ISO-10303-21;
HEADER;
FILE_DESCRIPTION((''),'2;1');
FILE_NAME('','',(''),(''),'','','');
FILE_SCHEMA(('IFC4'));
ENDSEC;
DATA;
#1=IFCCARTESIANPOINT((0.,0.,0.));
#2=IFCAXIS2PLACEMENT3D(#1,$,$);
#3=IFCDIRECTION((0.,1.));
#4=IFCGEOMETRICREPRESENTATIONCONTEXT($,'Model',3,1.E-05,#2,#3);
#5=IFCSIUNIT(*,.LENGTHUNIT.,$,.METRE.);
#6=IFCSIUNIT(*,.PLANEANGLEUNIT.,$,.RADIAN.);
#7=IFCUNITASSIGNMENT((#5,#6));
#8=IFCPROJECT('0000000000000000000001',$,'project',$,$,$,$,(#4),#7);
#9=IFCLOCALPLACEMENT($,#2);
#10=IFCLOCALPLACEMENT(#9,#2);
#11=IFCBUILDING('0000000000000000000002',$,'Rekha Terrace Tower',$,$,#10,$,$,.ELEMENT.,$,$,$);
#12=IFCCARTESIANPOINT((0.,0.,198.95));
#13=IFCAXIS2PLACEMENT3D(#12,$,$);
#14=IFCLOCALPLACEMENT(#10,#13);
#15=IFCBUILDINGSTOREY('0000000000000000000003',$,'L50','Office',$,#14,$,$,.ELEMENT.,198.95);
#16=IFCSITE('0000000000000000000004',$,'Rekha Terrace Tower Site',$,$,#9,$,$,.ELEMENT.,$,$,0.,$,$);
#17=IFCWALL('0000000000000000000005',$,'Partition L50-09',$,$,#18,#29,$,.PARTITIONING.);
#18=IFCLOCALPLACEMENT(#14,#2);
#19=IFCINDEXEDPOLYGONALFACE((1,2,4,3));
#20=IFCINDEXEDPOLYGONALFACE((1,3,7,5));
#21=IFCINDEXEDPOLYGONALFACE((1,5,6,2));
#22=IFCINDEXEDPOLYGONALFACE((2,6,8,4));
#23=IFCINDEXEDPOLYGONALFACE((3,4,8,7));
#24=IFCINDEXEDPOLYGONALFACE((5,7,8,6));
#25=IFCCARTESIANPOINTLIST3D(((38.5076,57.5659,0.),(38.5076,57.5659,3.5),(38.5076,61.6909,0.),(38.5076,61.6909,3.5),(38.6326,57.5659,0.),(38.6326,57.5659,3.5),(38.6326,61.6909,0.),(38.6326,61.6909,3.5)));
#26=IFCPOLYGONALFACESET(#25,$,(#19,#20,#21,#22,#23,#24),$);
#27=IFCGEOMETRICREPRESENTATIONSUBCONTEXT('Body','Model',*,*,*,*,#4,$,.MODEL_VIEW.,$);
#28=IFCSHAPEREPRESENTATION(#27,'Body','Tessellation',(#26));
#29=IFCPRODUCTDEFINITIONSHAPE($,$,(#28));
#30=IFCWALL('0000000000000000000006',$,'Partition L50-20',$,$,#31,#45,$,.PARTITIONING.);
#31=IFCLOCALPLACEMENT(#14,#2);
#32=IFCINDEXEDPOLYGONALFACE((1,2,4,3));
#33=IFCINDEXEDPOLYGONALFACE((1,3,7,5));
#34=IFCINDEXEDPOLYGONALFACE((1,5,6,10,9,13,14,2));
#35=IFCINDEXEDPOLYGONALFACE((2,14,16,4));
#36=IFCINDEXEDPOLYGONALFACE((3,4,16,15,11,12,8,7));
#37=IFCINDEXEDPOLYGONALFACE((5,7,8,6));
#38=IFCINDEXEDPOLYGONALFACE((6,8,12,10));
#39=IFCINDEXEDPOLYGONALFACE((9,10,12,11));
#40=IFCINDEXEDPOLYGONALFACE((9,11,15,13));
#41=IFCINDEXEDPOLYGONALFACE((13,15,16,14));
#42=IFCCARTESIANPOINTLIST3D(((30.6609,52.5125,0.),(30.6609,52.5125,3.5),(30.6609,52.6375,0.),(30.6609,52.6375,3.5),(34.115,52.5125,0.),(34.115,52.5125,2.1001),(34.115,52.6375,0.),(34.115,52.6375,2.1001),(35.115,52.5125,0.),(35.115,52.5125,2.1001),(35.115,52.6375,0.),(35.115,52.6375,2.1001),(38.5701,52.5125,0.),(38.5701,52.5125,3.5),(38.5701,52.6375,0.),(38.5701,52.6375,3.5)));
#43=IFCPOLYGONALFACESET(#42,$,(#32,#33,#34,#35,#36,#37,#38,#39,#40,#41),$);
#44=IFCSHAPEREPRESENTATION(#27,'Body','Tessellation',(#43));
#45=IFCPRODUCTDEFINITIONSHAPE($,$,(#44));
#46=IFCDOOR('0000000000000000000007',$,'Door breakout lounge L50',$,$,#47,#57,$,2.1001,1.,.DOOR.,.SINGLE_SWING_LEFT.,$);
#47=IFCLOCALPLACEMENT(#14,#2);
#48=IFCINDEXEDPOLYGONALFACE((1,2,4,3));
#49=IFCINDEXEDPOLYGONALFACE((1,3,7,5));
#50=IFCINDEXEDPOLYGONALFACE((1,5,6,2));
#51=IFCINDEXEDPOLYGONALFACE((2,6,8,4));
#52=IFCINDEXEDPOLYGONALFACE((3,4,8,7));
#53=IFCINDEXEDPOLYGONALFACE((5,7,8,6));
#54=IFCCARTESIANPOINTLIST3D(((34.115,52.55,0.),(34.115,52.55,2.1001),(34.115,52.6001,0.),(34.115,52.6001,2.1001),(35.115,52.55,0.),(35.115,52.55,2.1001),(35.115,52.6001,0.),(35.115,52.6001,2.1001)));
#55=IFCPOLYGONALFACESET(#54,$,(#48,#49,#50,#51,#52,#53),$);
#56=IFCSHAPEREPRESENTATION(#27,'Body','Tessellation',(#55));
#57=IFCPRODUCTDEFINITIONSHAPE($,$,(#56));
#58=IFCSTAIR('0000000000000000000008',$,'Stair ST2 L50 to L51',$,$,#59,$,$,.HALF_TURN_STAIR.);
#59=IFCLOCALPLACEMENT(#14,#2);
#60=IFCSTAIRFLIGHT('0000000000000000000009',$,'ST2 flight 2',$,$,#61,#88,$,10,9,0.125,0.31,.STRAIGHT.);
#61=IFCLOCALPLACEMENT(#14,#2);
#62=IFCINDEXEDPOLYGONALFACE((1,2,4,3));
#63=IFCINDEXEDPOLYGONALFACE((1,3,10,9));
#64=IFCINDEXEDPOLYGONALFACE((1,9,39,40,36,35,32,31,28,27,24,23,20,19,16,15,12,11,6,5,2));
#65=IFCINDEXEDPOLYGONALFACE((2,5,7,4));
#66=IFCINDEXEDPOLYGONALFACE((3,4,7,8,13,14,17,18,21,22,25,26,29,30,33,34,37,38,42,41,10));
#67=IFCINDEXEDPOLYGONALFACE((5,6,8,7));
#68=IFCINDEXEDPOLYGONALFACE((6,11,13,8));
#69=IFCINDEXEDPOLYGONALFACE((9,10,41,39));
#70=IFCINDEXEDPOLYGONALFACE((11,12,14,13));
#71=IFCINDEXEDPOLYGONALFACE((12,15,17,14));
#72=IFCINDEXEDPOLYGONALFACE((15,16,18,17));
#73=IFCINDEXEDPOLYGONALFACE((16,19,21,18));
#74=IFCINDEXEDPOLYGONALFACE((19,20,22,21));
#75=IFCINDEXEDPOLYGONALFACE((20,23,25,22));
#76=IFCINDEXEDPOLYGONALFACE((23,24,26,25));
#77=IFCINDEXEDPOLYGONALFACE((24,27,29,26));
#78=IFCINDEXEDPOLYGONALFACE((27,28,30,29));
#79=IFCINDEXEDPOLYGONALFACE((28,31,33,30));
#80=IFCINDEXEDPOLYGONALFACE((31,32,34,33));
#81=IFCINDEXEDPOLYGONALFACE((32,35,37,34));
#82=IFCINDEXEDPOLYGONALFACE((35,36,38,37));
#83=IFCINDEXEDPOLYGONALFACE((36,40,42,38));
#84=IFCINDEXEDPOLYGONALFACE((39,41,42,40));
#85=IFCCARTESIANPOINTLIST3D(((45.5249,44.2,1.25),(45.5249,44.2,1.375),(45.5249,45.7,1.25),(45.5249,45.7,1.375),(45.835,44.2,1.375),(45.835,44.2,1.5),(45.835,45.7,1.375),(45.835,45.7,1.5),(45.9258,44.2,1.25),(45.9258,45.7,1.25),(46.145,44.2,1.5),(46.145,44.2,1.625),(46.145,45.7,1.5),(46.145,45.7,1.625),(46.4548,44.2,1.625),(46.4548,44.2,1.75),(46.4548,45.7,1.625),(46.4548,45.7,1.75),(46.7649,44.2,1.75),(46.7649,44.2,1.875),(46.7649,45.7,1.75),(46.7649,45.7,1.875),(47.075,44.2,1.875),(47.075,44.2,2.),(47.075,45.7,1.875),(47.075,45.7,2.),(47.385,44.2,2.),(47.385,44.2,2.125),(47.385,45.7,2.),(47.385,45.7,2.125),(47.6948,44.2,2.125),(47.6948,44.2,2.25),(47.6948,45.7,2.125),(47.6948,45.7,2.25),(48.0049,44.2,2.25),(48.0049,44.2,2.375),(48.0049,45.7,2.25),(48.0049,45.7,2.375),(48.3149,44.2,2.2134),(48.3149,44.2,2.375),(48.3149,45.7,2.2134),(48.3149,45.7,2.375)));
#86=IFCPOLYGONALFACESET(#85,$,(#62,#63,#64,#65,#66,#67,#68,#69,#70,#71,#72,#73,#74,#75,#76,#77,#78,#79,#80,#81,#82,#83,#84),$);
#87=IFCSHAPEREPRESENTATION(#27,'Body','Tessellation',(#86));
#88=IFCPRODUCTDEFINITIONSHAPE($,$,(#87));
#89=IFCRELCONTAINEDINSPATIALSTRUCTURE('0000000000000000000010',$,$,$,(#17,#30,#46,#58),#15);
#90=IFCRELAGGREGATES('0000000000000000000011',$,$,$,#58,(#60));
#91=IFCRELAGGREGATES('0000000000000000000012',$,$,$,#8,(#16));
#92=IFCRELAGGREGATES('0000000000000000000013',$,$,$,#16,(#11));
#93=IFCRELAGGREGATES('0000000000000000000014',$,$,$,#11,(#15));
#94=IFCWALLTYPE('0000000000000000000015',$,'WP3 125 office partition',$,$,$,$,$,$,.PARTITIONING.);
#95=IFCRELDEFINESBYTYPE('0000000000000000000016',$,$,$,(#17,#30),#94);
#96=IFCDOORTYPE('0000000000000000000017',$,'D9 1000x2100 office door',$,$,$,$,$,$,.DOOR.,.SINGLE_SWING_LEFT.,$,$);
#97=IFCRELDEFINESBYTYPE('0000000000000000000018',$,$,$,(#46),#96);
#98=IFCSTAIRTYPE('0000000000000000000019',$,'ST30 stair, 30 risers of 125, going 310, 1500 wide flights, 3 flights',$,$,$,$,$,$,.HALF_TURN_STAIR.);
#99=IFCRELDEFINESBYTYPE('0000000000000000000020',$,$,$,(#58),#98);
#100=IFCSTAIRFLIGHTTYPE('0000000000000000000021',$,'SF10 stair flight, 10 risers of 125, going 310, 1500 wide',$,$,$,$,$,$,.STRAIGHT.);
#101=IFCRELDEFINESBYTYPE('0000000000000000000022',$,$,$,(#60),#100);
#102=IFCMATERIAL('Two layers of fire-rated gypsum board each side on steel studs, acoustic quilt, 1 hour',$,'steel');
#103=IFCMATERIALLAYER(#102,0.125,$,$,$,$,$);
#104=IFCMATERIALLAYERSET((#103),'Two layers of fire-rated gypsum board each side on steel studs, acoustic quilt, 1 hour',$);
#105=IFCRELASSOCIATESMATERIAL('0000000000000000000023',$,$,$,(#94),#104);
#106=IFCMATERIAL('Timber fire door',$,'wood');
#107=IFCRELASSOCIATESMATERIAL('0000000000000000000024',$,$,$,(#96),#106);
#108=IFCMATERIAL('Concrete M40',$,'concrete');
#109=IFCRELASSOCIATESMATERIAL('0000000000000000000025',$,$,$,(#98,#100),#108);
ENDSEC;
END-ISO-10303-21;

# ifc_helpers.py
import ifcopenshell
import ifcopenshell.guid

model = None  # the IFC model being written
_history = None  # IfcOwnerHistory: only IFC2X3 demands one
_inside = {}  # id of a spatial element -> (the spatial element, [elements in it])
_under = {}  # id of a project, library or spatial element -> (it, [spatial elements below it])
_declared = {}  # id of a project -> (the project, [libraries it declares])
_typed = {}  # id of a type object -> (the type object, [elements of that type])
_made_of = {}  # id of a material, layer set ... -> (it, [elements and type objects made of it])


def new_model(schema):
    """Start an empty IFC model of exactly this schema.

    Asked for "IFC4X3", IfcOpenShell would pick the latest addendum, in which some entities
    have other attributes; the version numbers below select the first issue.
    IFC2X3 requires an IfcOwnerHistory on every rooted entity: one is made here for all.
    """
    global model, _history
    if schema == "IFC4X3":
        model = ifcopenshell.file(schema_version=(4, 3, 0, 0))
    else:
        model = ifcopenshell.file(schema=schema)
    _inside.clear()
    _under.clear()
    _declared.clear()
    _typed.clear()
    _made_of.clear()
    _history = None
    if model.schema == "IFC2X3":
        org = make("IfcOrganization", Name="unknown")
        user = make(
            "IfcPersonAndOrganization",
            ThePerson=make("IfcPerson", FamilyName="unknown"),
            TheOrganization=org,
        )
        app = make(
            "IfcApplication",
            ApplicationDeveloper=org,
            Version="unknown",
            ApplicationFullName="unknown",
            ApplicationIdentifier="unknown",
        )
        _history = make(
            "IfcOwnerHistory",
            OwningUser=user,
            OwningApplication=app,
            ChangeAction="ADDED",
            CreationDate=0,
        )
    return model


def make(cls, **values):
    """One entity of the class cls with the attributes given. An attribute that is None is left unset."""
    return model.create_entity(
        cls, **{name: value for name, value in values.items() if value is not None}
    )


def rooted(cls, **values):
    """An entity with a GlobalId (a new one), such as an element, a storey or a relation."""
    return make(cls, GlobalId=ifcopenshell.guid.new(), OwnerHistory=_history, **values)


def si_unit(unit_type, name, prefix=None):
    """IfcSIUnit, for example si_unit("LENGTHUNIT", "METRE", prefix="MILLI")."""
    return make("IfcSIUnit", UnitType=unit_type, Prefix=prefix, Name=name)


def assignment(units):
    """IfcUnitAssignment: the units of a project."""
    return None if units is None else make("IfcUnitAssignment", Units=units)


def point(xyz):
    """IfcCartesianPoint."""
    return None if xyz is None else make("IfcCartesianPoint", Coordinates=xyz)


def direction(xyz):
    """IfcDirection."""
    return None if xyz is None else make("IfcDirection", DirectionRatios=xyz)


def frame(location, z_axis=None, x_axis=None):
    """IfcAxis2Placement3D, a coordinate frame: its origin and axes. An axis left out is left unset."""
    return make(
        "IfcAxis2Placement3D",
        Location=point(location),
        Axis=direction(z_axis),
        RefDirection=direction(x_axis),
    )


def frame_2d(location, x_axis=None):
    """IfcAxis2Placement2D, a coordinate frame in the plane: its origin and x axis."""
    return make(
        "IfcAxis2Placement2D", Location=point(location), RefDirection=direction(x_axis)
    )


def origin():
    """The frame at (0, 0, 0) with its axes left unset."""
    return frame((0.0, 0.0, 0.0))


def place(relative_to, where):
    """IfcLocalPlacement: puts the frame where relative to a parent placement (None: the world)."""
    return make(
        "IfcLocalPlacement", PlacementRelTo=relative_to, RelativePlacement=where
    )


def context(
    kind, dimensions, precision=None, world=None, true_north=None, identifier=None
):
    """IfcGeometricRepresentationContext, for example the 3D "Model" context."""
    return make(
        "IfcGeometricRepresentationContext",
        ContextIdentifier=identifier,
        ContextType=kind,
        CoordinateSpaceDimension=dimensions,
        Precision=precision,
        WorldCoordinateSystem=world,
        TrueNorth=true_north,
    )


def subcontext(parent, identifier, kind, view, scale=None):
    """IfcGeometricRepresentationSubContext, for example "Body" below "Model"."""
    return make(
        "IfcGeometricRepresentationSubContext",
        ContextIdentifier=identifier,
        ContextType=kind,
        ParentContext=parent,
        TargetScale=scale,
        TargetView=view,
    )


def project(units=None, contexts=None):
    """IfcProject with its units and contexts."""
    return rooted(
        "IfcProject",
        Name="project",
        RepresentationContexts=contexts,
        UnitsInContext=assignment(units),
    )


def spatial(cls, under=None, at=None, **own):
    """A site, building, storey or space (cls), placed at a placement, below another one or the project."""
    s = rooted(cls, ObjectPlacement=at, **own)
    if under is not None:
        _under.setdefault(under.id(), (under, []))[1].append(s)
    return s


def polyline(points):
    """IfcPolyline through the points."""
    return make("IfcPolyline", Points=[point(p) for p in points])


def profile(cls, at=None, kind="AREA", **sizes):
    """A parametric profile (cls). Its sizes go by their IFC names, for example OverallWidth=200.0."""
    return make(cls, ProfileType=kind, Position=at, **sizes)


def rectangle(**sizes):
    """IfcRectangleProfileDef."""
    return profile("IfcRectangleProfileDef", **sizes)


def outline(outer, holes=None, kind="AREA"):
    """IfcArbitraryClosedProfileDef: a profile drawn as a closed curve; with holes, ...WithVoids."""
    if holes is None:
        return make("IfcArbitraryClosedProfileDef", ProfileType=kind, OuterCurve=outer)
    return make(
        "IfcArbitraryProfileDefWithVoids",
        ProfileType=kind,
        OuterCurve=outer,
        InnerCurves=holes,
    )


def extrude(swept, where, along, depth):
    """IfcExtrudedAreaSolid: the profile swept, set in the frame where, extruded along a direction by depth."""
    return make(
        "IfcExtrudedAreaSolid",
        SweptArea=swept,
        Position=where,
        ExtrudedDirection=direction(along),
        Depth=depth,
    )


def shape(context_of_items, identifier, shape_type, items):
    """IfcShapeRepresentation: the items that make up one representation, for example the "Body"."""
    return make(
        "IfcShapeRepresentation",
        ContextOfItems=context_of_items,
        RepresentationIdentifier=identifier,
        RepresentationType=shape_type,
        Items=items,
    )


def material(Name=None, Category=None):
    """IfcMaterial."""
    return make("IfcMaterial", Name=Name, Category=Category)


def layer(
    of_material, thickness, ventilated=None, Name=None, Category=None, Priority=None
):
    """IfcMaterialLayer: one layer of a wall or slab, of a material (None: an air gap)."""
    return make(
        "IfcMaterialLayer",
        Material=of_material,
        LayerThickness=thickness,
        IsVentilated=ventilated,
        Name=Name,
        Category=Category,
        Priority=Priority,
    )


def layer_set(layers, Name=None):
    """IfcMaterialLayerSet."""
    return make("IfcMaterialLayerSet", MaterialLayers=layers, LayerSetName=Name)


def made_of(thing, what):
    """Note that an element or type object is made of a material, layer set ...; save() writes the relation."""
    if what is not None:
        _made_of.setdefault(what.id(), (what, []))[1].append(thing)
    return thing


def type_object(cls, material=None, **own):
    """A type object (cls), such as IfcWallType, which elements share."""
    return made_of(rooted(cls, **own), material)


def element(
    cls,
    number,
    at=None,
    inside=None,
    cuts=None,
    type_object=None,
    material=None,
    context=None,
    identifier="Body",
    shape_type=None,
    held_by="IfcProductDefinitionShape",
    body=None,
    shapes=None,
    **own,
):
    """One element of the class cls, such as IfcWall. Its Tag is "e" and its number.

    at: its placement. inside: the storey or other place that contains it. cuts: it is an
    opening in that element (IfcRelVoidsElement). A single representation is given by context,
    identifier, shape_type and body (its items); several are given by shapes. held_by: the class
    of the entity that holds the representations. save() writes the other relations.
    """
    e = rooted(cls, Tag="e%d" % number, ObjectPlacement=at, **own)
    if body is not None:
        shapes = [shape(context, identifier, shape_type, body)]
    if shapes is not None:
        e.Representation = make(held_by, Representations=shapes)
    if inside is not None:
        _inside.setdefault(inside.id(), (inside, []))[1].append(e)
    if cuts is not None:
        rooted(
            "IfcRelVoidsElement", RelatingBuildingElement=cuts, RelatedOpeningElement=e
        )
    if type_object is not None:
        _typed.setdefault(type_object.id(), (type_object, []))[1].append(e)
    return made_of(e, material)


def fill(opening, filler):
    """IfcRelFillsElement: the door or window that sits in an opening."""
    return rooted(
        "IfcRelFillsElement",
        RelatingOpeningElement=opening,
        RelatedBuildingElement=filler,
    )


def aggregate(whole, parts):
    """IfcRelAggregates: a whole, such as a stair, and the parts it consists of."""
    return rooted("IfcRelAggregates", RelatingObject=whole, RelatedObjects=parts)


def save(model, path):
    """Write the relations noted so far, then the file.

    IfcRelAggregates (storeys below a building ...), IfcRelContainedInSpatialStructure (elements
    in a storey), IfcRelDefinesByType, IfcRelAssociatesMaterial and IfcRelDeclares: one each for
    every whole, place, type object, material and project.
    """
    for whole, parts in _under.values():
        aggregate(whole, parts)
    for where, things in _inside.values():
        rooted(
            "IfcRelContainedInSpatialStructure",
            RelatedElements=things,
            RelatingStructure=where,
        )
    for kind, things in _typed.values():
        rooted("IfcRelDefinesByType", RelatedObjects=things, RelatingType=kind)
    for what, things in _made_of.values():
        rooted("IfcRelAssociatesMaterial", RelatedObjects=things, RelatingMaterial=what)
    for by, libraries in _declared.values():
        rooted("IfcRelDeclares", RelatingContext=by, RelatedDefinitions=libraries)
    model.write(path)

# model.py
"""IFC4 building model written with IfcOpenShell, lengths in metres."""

from ifc_helpers import new_model, si_unit, direction, frame, frame_2d, origin, place, context, subcontext, project, spatial, polyline, rectangle, outline, extrude, material, layer, layer_set, type_object, element, fill, aggregate, save


model = new_model("IFC4")

# Units and contexts
model_context = context("Model", 3, precision=1e-05, world=origin(), true_north=direction((0.0, 1.0)))
body_context = subcontext(model_context, "Body", "Model", "MODEL_VIEW")
ifc_project = project(units=[si_unit("LENGTHUNIT", "METRE"), si_unit("PLANEANGLEUNIT", "RADIAN")], contexts=[model_context])

# Site, building, storey
site_placement = place(None, origin())
site = spatial("IfcSite", under=ifc_project, at=site_placement, Name="Rekha Terrace Tower Site", CompositionType="ELEMENT", RefElevation=0.0)
building_placement = place(site_placement, origin())
building = spatial("IfcBuilding", under=site, at=building_placement, Name="Rekha Terrace Tower", CompositionType="ELEMENT")
storey_placement = place(building_placement, frame((0.0, 0.0, 198.95)))
storey = spatial("IfcBuildingStorey", under=building, at=storey_placement, Name="L50", Description="Office", CompositionType="ELEMENT", Elevation=198.95)

# Shared definitions
ifc_material_1 = material(Name="Two layers of fire-rated gypsum board each side on steel studs, acoustic quilt, 1 hour", Category="steel")
ifc_layer_1 = layer(ifc_material_1, 0.125)
ifc_layer_set_1 = layer_set([ifc_layer_1], Name="Two layers of fire-rated gypsum board each side on steel studs, acoustic quilt, 1 hour")
wall_type_1 = type_object("IfcWallType", Name="WP3 125 office partition", PredefinedType="PARTITIONING", material=ifc_layer_set_1)

# Shared definitions
ifc_material_2 = material(Name="Timber fire door", Category="wood")
door_type_1 = type_object("IfcDoorType", Name="D9 1000x2100 office door", OperationType="SINGLE_SWING_LEFT", PredefinedType="DOOR", material=ifc_material_2)

# Wall
wall_1_placement = place(storey_placement, frame((38.5701, 57.5659, 0.0), z_axis=(0.0, 0.0, 1.0), x_axis=(0.0, 1.0, 0.0)))
element("IfcWall", 1, at=wall_1_placement, inside=storey, type_object=wall_type_1, Name="Partition L50-09", PredefinedType="PARTITIONING", context=body_context, shape_type="SweptSolid", body=[
    extrude(rectangle(XDim=4.125, YDim=0.125, at=frame_2d((2.0625, 0.0))), origin(), (0.0, 0.0, 1.0), 3.5),
])

# Wall, opening, door
wall_2_placement = place(storey_placement, frame((38.5701, 52.575, 0.0), z_axis=(0.0, 0.0, 1.0), x_axis=(-1.0, 0.0, 0.0)))
wall_2 = element("IfcWall", 2, at=wall_2_placement, inside=storey, type_object=wall_type_1, Name="Partition L50-20", PredefinedType="PARTITIONING", context=body_context, shape_type="SweptSolid", body=[
    extrude(rectangle(XDim=7.9092, YDim=0.125, at=frame_2d((3.9546, 0.0))), origin(), (0.0, 0.0, 1.0), 3.5),
])
opening_1_placement = place(wall_2_placement, frame((3.4551, 0.0, 0.0)))
opening_1 = element("IfcOpeningElement", 3, at=opening_1_placement, cuts=wall_2, PredefinedType="OPENING", context=body_context, shape_type="SweptSolid", body=[
    extrude(rectangle(XDim=1.0, YDim=2.1001, at=frame_2d((0.5, 1.05))), frame((0.0, 0.0725, 0.0), z_axis=(0.0, -1.0, 0.0), x_axis=(1.0, 0.0, 0.0)), (0.0, 0.0, 1.0), 0.145),
])
door_1_placement = place(opening_1_placement, origin())
door_1 = element("IfcDoor", 4, at=door_1_placement, inside=storey, type_object=door_type_1, Name="Door breakout lounge L50", OperationType="SINGLE_SWING_LEFT", OverallHeight=2.1001, OverallWidth=1.0, PredefinedType="DOOR", context=body_context, shape_type="SweptSolid", body=[
    extrude(rectangle(XDim=1.0, YDim=2.1001, at=frame_2d((0.5, 1.05))), frame((0.0, 0.0249, 0.0), z_axis=(0.0, -1.0, 0.0), x_axis=(1.0, 0.0, 0.0)), (0.0, 0.0, 1.0), 0.05),
])
fill(opening_1, door_1)

# Stair, stair flight
ifc_material_3 = material(Name="Concrete M40", Category="concrete")
stair_type = type_object("IfcStairType", Name="ST30 stair, 30 risers of 125, going 310, 1500 wide flights, 3 flights", PredefinedType="HALF_TURN_STAIR", material=ifc_material_3)
stair_placement = place(storey_placement, origin())
stair = element("IfcStair", 5, at=stair_placement, inside=storey, type_object=stair_type, Name="Stair ST2 L50 to L51", PredefinedType="HALF_TURN_STAIR")
stair_flight_type = type_object("IfcStairFlightType", Name="SF10 stair flight, 10 risers of 125, going 310, 1500 wide", PredefinedType="STRAIGHT", material=ifc_material_3)
stair_flight_placement = place(storey_placement, frame((45.5249, 44.95, 1.25), z_axis=(0.0, 0.0, 1.0), x_axis=(1.0, 0.0, 0.0)))
stair_flight = element("IfcStairFlight", 6, at=stair_flight_placement, type_object=stair_flight_type, Name="ST2 flight 2", NumberOfRisers=10, NumberOfTreads=9, PredefinedType="STRAIGHT", RiserHeight=0.125, TreadLength=0.31, context=body_context, shape_type="SweptSolid", body=[
    extrude(outline(polyline([(0.0, 0.0), (0.0, 0.125), (0.3101, 0.125), (0.3101, 0.25), (0.6201, 0.25), (0.6201, 0.375), (0.9299, 0.375), (0.9299, 0.5), (1.24, 0.5), (1.24, 0.625), (1.55, 0.625), (1.55, 0.75), (1.8601, 0.75), (1.8601, 0.875), (2.1699, 0.875), (2.1699, 1.0), (2.48, 1.0), (2.48, 1.125), (2.79, 1.125), (2.79, 1.25), (2.79, 0.9634), (0.4009, 0.0), (0.0, 0.0)])), frame((0.0, 0.75, 0.0), z_axis=(0.0, -1.0, 0.0), x_axis=(1.0, 0.0, 0.0)), (0.0, 0.0, 1.0), 1.5),
])
aggregate(stair, [stair_flight])

save(model, "model.ifc")
